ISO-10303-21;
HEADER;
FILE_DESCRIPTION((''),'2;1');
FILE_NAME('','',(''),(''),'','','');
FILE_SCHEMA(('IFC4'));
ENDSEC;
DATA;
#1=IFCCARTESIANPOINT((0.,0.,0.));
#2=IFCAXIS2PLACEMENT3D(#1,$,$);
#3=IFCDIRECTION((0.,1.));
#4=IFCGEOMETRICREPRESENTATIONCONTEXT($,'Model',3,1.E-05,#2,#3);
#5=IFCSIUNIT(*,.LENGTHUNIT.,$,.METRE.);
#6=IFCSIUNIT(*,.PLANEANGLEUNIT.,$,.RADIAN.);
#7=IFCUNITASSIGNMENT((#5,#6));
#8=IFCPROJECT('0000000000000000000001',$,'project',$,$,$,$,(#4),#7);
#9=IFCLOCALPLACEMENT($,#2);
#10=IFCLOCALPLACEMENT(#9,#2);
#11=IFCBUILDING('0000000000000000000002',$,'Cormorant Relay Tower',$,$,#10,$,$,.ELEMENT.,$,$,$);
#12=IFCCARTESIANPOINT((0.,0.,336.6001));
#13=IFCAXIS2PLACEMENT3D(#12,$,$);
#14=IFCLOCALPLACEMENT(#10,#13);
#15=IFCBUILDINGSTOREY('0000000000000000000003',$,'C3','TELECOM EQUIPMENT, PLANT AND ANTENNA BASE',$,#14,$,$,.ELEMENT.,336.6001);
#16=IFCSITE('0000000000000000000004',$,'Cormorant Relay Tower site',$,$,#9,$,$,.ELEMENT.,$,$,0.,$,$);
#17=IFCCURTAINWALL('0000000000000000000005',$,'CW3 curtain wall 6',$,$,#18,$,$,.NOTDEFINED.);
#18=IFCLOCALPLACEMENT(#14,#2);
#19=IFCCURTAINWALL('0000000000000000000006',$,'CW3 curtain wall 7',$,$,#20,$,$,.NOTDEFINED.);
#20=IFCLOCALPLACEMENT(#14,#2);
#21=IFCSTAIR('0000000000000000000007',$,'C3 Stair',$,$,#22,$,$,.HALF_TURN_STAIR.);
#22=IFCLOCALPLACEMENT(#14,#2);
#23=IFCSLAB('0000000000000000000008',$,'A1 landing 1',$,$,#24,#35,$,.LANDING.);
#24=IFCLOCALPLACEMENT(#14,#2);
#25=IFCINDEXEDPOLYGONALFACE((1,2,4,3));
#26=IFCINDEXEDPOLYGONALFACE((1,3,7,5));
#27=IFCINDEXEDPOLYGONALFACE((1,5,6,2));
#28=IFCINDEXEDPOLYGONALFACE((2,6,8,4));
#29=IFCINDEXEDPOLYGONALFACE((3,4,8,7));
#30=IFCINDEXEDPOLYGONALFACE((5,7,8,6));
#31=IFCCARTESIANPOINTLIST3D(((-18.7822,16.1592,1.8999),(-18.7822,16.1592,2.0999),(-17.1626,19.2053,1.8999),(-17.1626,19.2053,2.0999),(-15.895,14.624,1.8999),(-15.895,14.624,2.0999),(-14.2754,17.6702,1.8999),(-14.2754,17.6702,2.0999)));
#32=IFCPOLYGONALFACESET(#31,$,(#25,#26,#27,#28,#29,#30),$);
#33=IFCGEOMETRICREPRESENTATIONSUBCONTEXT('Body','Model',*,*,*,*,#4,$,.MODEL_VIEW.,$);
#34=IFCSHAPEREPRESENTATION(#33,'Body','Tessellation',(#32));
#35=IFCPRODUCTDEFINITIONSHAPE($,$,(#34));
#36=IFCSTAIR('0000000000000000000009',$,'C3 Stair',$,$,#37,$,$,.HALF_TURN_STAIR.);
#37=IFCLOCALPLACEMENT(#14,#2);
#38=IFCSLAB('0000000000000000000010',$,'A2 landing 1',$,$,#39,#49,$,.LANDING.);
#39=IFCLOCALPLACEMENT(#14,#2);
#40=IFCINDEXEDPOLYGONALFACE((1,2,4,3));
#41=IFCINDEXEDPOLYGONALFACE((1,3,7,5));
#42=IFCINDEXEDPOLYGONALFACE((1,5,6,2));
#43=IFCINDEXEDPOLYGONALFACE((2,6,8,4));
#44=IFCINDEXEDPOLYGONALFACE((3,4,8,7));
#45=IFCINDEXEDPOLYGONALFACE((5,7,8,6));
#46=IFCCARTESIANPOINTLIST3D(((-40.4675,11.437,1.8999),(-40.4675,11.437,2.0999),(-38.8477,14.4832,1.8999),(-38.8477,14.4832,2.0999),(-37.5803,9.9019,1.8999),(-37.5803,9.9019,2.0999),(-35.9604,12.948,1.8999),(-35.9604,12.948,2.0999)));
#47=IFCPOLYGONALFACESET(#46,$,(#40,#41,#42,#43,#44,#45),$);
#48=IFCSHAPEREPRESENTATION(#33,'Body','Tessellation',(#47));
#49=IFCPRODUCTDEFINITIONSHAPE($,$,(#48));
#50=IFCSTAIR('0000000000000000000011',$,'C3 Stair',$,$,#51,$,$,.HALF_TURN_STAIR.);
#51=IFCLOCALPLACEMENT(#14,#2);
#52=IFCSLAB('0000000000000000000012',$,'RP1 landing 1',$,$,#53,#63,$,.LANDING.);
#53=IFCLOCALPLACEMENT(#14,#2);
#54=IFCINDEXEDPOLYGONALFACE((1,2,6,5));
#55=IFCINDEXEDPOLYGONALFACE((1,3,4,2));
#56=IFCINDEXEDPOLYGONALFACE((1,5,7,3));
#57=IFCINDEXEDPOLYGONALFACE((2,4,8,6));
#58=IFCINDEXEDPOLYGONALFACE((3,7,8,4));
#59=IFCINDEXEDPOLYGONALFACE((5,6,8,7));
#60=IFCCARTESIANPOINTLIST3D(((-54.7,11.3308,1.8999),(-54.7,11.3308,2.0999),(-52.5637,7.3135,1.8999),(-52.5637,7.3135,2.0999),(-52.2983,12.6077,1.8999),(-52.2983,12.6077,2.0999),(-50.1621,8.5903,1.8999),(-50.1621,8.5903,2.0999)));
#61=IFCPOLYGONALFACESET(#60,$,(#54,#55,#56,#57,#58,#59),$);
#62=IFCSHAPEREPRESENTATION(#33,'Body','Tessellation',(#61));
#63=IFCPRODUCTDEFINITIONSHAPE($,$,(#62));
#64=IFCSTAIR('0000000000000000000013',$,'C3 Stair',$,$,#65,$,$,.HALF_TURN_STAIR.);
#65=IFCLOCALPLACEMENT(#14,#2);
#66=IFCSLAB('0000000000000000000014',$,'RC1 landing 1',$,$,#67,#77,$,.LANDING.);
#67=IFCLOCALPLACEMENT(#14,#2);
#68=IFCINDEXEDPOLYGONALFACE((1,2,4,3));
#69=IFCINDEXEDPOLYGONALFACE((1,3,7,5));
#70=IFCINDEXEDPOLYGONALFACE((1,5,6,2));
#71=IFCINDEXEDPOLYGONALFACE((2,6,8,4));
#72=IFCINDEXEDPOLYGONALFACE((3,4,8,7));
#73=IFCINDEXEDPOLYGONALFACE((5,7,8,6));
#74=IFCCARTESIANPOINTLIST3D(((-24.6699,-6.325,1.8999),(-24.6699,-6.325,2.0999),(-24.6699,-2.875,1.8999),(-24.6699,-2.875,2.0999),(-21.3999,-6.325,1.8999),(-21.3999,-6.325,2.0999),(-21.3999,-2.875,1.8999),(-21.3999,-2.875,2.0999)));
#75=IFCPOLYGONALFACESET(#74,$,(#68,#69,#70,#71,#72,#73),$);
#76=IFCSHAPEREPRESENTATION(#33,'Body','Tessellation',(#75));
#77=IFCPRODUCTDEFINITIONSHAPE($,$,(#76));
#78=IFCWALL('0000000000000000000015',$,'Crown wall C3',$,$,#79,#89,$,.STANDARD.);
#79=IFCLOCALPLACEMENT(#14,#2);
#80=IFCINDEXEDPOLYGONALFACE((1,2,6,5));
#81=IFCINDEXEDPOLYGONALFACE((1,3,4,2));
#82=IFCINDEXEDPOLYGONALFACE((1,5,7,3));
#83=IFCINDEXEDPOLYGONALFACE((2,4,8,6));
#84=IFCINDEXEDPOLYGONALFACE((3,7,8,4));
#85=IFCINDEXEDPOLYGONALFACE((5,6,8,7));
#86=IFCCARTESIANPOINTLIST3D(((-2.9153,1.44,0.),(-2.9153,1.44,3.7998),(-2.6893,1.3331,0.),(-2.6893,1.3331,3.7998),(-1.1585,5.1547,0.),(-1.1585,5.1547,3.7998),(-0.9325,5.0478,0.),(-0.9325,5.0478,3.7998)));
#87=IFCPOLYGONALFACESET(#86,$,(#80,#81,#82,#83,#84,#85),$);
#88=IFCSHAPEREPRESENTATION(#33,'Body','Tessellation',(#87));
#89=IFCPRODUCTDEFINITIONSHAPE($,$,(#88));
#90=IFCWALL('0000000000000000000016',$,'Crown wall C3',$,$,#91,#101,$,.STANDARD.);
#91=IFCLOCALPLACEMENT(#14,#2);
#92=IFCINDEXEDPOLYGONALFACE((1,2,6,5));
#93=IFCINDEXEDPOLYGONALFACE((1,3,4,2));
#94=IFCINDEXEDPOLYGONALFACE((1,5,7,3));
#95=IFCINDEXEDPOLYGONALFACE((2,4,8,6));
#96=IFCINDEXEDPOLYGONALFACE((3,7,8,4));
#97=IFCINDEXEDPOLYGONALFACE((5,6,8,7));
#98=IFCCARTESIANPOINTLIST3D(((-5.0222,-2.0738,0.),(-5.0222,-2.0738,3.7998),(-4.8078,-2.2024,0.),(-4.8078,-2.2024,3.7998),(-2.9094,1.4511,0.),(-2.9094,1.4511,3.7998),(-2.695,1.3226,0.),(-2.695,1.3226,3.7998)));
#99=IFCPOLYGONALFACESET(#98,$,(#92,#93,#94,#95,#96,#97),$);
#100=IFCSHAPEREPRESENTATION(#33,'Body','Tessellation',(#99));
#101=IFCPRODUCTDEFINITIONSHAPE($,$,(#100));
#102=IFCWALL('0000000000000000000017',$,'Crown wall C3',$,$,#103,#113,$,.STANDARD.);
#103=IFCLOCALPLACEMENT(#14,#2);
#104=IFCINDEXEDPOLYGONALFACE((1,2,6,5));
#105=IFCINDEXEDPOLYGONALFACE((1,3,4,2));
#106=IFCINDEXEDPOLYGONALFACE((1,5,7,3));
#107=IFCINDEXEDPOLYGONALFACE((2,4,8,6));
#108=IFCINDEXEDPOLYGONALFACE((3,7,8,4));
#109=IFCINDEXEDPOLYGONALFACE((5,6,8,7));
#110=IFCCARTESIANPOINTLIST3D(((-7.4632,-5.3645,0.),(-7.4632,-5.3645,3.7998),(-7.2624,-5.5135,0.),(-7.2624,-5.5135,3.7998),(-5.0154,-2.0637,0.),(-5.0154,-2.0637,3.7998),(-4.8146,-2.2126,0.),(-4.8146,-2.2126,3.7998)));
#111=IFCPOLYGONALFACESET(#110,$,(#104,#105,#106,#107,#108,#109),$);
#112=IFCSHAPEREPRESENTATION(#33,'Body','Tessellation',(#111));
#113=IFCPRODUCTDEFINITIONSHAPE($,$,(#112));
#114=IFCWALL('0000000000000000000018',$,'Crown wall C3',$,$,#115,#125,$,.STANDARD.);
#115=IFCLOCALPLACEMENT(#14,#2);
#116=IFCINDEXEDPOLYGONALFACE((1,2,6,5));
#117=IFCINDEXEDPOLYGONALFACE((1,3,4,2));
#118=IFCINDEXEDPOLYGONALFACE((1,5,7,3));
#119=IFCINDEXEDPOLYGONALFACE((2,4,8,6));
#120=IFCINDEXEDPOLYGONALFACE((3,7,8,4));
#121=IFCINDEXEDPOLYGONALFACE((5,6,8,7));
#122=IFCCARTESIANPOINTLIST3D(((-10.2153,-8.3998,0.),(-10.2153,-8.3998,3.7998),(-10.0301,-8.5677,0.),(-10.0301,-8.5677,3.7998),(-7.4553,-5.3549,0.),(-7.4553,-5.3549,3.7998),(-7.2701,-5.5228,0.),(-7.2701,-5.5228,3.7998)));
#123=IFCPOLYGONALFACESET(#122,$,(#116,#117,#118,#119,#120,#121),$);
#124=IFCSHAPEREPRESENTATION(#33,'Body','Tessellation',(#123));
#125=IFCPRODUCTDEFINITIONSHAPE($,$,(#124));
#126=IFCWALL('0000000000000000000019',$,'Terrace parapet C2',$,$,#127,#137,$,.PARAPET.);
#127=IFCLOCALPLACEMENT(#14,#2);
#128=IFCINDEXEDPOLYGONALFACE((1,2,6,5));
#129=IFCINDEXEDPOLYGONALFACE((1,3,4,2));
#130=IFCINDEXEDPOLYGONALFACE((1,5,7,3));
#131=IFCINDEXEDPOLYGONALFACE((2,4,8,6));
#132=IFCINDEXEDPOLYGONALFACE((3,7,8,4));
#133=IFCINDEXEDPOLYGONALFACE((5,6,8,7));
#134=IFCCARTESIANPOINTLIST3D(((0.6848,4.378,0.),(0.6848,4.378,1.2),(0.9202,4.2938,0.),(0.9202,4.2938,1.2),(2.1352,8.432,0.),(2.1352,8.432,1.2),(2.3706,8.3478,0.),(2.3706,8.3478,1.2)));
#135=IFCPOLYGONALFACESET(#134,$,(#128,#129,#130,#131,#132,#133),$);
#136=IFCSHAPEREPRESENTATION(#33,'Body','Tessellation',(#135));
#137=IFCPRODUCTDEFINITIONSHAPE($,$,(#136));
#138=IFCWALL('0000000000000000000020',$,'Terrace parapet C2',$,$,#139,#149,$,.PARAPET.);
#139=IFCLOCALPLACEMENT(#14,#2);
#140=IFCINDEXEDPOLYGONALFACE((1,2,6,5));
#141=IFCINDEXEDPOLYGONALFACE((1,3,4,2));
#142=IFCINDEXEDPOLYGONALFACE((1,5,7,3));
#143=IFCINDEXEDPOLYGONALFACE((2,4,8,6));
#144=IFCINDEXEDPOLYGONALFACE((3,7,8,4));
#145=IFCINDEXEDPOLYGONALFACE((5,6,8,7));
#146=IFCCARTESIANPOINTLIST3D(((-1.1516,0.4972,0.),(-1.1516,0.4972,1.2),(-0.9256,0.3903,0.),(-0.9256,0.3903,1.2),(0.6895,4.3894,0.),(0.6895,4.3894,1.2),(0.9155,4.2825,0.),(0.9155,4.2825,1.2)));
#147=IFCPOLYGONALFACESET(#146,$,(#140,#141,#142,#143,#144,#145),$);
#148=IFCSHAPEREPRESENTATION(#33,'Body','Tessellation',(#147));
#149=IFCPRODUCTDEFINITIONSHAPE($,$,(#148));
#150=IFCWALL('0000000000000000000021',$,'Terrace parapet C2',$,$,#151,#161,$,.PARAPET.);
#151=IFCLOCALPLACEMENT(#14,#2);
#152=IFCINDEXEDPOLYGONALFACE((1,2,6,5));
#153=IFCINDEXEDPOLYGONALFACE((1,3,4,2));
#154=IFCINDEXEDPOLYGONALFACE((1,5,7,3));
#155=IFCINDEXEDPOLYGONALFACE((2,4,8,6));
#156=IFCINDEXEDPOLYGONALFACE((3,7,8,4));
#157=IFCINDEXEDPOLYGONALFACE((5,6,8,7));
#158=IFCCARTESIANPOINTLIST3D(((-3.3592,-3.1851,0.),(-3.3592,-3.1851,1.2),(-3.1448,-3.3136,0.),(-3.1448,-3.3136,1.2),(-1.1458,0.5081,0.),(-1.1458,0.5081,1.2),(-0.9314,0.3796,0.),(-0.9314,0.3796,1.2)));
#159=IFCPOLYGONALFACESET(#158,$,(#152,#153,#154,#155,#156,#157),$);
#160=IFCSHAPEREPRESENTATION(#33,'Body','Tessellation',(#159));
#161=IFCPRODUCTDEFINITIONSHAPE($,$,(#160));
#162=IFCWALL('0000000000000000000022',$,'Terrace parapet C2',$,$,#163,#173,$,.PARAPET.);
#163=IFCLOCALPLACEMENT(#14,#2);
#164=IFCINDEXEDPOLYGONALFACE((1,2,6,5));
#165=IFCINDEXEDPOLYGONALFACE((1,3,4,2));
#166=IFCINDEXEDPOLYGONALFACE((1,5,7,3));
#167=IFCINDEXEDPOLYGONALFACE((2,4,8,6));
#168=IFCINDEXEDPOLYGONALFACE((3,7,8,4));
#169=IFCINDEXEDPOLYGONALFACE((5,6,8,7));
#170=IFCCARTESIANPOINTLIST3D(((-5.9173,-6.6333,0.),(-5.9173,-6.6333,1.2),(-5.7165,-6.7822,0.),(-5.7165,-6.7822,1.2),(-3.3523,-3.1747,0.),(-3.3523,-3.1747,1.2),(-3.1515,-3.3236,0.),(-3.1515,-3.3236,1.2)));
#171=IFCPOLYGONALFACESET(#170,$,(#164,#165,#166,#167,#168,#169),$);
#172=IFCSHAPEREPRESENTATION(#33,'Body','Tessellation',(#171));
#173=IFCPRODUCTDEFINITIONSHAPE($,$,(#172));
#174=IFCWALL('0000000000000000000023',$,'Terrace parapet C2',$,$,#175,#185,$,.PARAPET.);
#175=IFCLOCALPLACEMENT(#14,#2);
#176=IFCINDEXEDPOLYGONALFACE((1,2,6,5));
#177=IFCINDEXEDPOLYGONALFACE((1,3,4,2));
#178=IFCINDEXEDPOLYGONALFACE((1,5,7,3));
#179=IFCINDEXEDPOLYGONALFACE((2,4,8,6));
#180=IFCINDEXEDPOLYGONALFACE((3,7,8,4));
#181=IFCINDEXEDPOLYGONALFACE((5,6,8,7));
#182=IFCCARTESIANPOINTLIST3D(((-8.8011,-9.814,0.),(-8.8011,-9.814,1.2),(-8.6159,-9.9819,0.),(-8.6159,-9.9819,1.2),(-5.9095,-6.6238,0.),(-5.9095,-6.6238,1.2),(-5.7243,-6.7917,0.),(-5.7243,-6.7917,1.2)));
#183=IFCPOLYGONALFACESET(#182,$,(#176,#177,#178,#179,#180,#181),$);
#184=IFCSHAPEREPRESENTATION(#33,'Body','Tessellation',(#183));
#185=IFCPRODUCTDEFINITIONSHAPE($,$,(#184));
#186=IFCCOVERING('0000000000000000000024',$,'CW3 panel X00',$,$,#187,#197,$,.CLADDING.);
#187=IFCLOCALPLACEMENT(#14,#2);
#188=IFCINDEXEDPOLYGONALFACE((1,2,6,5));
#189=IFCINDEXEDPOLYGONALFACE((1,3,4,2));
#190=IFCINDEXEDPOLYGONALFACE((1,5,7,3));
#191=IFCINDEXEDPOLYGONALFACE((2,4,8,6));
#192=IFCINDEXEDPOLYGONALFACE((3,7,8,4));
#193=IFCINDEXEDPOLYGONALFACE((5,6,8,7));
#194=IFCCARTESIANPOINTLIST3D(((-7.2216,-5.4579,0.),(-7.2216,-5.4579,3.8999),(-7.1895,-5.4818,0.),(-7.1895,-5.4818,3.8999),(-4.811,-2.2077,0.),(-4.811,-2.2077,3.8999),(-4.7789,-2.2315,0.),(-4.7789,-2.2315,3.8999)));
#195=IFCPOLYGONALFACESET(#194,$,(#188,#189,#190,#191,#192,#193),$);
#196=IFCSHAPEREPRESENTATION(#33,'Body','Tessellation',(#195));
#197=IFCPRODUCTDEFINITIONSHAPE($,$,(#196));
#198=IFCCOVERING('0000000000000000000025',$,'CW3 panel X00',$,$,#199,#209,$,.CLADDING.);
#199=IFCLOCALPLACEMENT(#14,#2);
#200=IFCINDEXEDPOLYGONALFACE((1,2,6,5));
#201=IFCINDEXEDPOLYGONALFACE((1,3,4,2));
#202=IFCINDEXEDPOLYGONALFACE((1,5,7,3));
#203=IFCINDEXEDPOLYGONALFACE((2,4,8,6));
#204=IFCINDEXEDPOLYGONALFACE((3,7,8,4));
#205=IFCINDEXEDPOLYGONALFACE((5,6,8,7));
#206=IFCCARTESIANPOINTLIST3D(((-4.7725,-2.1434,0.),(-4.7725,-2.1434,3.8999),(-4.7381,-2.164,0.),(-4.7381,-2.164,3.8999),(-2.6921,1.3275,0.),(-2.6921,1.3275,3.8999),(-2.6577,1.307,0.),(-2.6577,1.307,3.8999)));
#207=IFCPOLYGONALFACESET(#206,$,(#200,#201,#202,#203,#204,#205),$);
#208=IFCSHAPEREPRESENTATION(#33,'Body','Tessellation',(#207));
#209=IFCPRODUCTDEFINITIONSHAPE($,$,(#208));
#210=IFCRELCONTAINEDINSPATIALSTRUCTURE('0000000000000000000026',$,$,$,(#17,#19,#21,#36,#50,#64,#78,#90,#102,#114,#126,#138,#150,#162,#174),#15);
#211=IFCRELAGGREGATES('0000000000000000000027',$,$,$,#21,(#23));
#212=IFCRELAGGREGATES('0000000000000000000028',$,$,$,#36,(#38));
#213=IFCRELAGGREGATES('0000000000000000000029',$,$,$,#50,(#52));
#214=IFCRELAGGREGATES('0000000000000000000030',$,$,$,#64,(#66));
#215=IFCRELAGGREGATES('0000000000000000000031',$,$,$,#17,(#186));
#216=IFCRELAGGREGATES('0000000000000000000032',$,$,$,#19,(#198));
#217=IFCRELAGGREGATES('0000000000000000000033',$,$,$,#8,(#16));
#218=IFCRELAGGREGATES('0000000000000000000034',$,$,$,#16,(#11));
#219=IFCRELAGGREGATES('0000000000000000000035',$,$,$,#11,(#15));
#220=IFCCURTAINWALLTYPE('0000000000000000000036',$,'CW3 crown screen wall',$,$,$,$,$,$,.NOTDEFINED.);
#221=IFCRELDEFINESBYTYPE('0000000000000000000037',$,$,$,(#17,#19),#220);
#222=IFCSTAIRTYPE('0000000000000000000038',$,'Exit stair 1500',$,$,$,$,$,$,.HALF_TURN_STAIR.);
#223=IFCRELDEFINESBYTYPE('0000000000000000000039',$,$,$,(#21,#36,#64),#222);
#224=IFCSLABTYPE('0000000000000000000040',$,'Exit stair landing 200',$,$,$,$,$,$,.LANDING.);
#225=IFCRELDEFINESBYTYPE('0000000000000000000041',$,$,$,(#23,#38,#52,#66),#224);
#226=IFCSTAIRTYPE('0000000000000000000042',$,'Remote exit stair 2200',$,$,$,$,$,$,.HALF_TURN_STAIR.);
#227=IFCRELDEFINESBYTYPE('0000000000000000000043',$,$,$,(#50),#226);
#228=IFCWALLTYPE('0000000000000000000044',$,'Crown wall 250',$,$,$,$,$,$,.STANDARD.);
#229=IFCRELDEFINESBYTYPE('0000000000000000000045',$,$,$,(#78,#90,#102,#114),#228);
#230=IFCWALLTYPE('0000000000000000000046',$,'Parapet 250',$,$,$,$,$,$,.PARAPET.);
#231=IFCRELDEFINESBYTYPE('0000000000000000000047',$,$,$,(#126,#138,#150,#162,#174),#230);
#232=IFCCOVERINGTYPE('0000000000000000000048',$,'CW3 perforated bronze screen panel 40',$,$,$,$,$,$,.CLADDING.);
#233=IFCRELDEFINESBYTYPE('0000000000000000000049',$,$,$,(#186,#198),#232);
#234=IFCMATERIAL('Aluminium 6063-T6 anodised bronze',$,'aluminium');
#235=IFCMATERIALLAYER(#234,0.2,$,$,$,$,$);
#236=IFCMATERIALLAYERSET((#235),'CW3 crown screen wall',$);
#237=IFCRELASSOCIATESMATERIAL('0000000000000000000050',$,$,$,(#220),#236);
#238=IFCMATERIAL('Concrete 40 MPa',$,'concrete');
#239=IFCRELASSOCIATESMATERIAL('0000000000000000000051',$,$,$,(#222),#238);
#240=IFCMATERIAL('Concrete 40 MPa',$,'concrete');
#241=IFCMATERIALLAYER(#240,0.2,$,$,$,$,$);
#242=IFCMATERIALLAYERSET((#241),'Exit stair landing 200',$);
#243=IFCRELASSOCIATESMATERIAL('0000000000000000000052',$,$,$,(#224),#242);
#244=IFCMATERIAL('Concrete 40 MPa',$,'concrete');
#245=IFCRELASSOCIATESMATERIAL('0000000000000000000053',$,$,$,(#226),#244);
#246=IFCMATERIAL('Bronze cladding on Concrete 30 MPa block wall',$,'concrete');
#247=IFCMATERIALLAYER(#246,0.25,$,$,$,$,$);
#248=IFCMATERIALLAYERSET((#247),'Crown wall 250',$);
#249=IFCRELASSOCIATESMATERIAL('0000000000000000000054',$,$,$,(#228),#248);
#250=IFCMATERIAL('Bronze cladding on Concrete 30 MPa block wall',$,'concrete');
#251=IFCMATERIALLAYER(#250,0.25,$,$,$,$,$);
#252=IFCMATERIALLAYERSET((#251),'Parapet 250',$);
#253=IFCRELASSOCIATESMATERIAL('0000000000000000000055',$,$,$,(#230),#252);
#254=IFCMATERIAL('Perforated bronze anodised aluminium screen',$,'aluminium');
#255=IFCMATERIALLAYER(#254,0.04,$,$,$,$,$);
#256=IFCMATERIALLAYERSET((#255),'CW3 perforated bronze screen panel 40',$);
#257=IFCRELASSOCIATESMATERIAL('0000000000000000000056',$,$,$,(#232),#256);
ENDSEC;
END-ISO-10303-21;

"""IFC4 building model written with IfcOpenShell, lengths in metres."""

from ifc_helpers import new_model, si_unit, direction, frame, frame_2d, origin, origin_2d, place, context, subcontext, project, spatial, polyline, rectangle, outline, extrude, material, layer, layer_set, type_object, element, aggregate, save


model = new_model("IFC4")

# Units and contexts
model_context = context("Model", 3, precision=1e-05, world=origin(), true_north=direction((0.0, 1.0)))
body_context = subcontext(model_context, "Body", "Model", "MODEL_VIEW")
ifc_project = project(units=[si_unit("LENGTHUNIT", "METRE"), si_unit("PLANEANGLEUNIT", "RADIAN")], contexts=[model_context])

# Site, building, storey
site_placement = place(None, origin())
site = spatial("IfcSite", under=ifc_project, at=site_placement, Name="Cormorant Relay Tower site", CompositionType="ELEMENT", RefElevation=0.0)
building_placement = place(site_placement, origin())
building = spatial("IfcBuilding", under=site, at=building_placement, Name="Cormorant Relay Tower", CompositionType="ELEMENT")
storey_placement = place(building_placement, frame((0.0, 0.0, 336.6001)))
storey = spatial("IfcBuildingStorey", under=building, at=storey_placement, Name="C3", Description="TELECOM EQUIPMENT, PLANT AND ANTENNA BASE", CompositionType="ELEMENT", Elevation=336.6001)

# Curtain walls
ifc_material_1 = material(Name="Aluminium 6063-T6 anodised bronze", Category="aluminium")
ifc_layer_1 = layer(ifc_material_1, 0.2)
ifc_layer_set_1 = layer_set([ifc_layer_1], Name="CW3 crown screen wall")
curtain_wall_type = type_object("IfcCurtainWallType", Name="CW3 crown screen wall", PredefinedType="NOTDEFINED", material=ifc_layer_set_1)
curtain_wall_1_placement = place(storey_placement, origin())
curtain_wall_1 = element("IfcCurtainWall", 1, at=curtain_wall_1_placement, inside=storey, type_object=curtain_wall_type, Name="CW3 curtain wall 6", PredefinedType="NOTDEFINED")
curtain_wall_2_placement = place(storey_placement, origin())
curtain_wall_2 = element("IfcCurtainWall", 2, at=curtain_wall_2_placement, inside=storey, type_object=curtain_wall_type, Name="CW3 curtain wall 7", PredefinedType="NOTDEFINED")

# Stairs, slabs
ifc_material_2 = material(Name="Concrete 40 MPa", Category="concrete")
stair_type_1 = type_object("IfcStairType", Name="Exit stair 1500", PredefinedType="HALF_TURN_STAIR", material=ifc_material_2)
stair_1_placement = place(storey_placement, origin())
stair_1 = element("IfcStair", 3, at=stair_1_placement, inside=storey, type_object=stair_type_1, Name="C3 Stair", PredefinedType="HALF_TURN_STAIR")
ifc_material_3 = material(Name="Concrete 40 MPa", Category="concrete")
ifc_layer_2 = layer(ifc_material_3, 0.2)
ifc_layer_set_2 = layer_set([ifc_layer_2], Name="Exit stair landing 200")
slab_type_1 = type_object("IfcSlabType", Name="Exit stair landing 200", PredefinedType="LANDING", material=ifc_layer_set_2)
slab_1_placement = place(storey_placement, frame((0.0, 0.0, 1.8999)))
slab_1 = element("IfcSlab", 4, at=slab_1_placement, type_object=slab_type_1, Name="A1 landing 1", PredefinedType="LANDING", context=body_context, shape_type="SweptSolid", body=[
    extrude(outline(polyline([(-18.7822, 16.1592), (-15.895, 14.624), (-14.2754, 17.6702), (-17.1626, 19.2053), (-18.7822, 16.1592)])), origin(), (0.0, 0.0, 1.0), 0.2),
])
aggregate(stair_1, [slab_1])
stair_2_placement = place(storey_placement, origin())
stair_2 = element("IfcStair", 5, at=stair_2_placement, inside=storey, type_object=stair_type_1, Name="C3 Stair", PredefinedType="HALF_TURN_STAIR")
slab_2_placement = place(storey_placement, frame((0.0, 0.0, 1.8999)))
slab_2 = element("IfcSlab", 6, at=slab_2_placement, type_object=slab_type_1, Name="A2 landing 1", PredefinedType="LANDING", context=body_context, shape_type="SweptSolid", body=[
    extrude(outline(polyline([(-35.9604, 12.948), (-38.8477, 14.4832), (-40.4675, 11.437), (-37.5803, 9.9019), (-35.9604, 12.948)])), origin(), (0.0, 0.0, 1.0), 0.2),
])
aggregate(stair_2, [slab_2])
ifc_material_4 = material(Name="Concrete 40 MPa", Category="concrete")
stair_type_2 = type_object("IfcStairType", Name="Remote exit stair 2200", PredefinedType="HALF_TURN_STAIR", material=ifc_material_4)
stair_3_placement = place(storey_placement, origin())
stair_3 = element("IfcStair", 7, at=stair_3_placement, inside=storey, type_object=stair_type_2, Name="C3 Stair", PredefinedType="HALF_TURN_STAIR")
slab_3_placement = place(storey_placement, frame((0.0, 0.0, 1.8999)))
slab_3 = element("IfcSlab", 8, at=slab_3_placement, type_object=slab_type_1, Name="RP1 landing 1", PredefinedType="LANDING", context=body_context, shape_type="SweptSolid", body=[
    extrude(outline(polyline([(-52.2983, 12.6077), (-54.7, 11.3308), (-52.5637, 7.3135), (-50.1621, 8.5903), (-52.2983, 12.6077)])), origin(), (0.0, 0.0, 1.0), 0.2),
])
aggregate(stair_3, [slab_3])
stair_4_placement = place(storey_placement, origin())
stair_4 = element("IfcStair", 9, at=stair_4_placement, inside=storey, type_object=stair_type_1, Name="C3 Stair", PredefinedType="HALF_TURN_STAIR")
slab_4_placement = place(storey_placement, frame((0.0, 0.0, 1.8999)))
slab_4 = element("IfcSlab", 10, at=slab_4_placement, type_object=slab_type_1, Name="RC1 landing 1", PredefinedType="LANDING", context=body_context, shape_type="SweptSolid", body=[
    extrude(outline(polyline([(-24.6699, -6.325), (-21.3999, -6.325), (-21.3999, -2.875), (-24.6699, -2.875), (-24.6699, -6.325)])), origin(), (0.0, 0.0, 1.0), 0.2),
])
aggregate(stair_4, [slab_4])

# Walls
ifc_material_5 = material(Name="Bronze cladding on Concrete 30 MPa block wall", Category="concrete")
ifc_layer_3 = layer(ifc_material_5, 0.25)
ifc_layer_set_3 = layer_set([ifc_layer_3], Name="Crown wall 250")
wall_type_1 = type_object("IfcWallType", Name="Crown wall 250", PredefinedType="STANDARD", material=ifc_layer_set_3)
wall_1_placement = place(storey_placement, frame((-1.0454, 5.1013, 0.0), z_axis=(0.0, 0.0, 1.0), x_axis=(-0.427547, -0.903993, 0.0)))
element("IfcWall", 11, at=wall_1_placement, inside=storey, type_object=wall_type_1, Name="Crown wall C3", PredefinedType="STANDARD", context=body_context, shape_type="SweptSolid", body=[
    extrude(rectangle(XDim=4.1091, YDim=0.25, at=frame_2d((2.0547, 0.0))), origin(), (0.0, 0.0, 1.0), 3.7998),
])
wall_2_placement = place(storey_placement, frame((-2.8022, 1.3867, 0.0), z_axis=(0.0, 0.0, 1.0), x_axis=(-0.514111, -0.857723, 0.0)))
element("IfcWall", 12, at=wall_2_placement, inside=storey, type_object=wall_type_1, Name="Crown wall C3", PredefinedType="STANDARD", context=body_context, shape_type="SweptSolid", body=[
    extrude(rectangle(XDim=4.1096, YDim=0.25, at=frame_2d((2.0547, 0.0))), origin(), (0.0, 0.0, 1.0), 3.7998),
])
wall_3_placement = place(storey_placement, frame((-4.915, -2.1382, 0.0), z_axis=(0.0, 0.0, 1.0), x_axis=(-0.595657, -0.803239, 0.0)))
element("IfcWall", 13, at=wall_3_placement, inside=storey, type_object=wall_type_1, Name="Crown wall C3", PredefinedType="STANDARD", context=body_context, shape_type="SweptSolid", body=[
    extrude(rectangle(XDim=4.1094, YDim=0.25, at=frame_2d((2.0547, 0.0))), origin(), (0.0, 0.0, 1.0), 3.7998),
])
wall_4_placement = place(storey_placement, frame((-7.3628, -5.439, 0.0), z_axis=(0.0, 0.0, 1.0), x_axis=(-0.671593, -0.74092, 0.0)))
element("IfcWall", 14, at=wall_4_placement, inside=storey, type_object=wall_type_1, Name="Crown wall C3", PredefinedType="STANDARD", context=body_context, shape_type="SweptSolid", body=[
    extrude(rectangle(XDim=4.1096, YDim=0.25, at=frame_2d((2.0547, 0.0))), origin(), (0.0, 0.0, 1.0), 3.7998),
])
ifc_material_6 = material(Name="Bronze cladding on Concrete 30 MPa block wall", Category="concrete")
ifc_layer_4 = layer(ifc_material_6, 0.25)
ifc_layer_set_4 = layer_set([ifc_layer_4], Name="Parapet 250")
wall_type_2 = type_object("IfcWallType", Name="Parapet 250", PredefinedType="PARAPET", material=ifc_layer_set_4)
for number, where, z_axis, x_axis, name in (
    (15, (2.2529, 8.3899, 0.0), (0.0, 0.0, 1.0), (-0.336872, -0.941551, 0.0), "Terrace parapet C2"),
    (16, (0.8025, 4.3359, 0.0), (0.0, 0.0, 1.0), (-0.427601, -0.903967, 0.0), "Terrace parapet C2"),
    (17, (-1.0386, 0.4438, 0.0), (0.0, 0.0, 1.0), (-0.51407, -0.857748, 0.0), "Terrace parapet C2"),
):
    element("IfcWall", number, at=place(storey_placement, frame(where, z_axis=z_axis, x_axis=x_axis)), inside=storey, type_object=wall_type_2, Name=name, PredefinedType="PARAPET", context=body_context, shape_type="SweptSolid", body=[
        extrude(rectangle(XDim=4.3057, YDim=0.25, at=frame_2d((2.1528, 0.0))), origin(), (0.0, 0.0, 1.0), 1.2),
    ])
wall_5_placement = place(storey_placement, frame((-3.252, -3.2493, 0.0), z_axis=(0.0, 0.0, 1.0), x_axis=(-0.595691, -0.803214, 0.0)))
element("IfcWall", 18, at=wall_5_placement, inside=storey, type_object=wall_type_2, Name="Terrace parapet C2", PredefinedType="PARAPET", context=body_context, shape_type="SweptSolid", body=[
    extrude(rectangle(XDim=4.3059, YDim=0.25, at=frame_2d((2.1528, 0.0))), origin(), (0.0, 0.0, 1.0), 1.2),
])
wall_6_placement = place(storey_placement, frame((-5.8169, -6.7078, 0.0), z_axis=(0.0, 0.0, 1.0), x_axis=(-0.671583, -0.74093, 0.0)))
element("IfcWall", 19, at=wall_6_placement, inside=storey, type_object=wall_type_2, Name="Terrace parapet C2", PredefinedType="PARAPET", context=body_context, shape_type="SweptSolid", body=[
    extrude(rectangle(XDim=4.3057, YDim=0.25, at=frame_2d((2.1528, 0.0))), origin(), (0.0, 0.0, 1.0), 1.2),
])

# Coverings
ifc_material_7 = material(Name="Perforated bronze anodised aluminium screen", Category="aluminium")
ifc_layer_5 = layer(ifc_material_7, 0.04)
ifc_layer_set_5 = layer_set([ifc_layer_5], Name="CW3 perforated bronze screen panel 40")
covering_type_1 = type_object("IfcCoveringType", Name="CW3 perforated bronze screen panel 40", PredefinedType="CLADDING", material=ifc_layer_set_5)
covering_1_placement = place(storey_placement, frame((-6.0002, -3.8447, 0.0), z_axis=(0.0, 0.0, 1.0), x_axis=(0.595699, 0.803208, 0.0)))
covering_1 = element("IfcCovering", 20, at=covering_1_placement, type_object=covering_type_1, Name="CW3 panel X00", PredefinedType="CLADDING", context=body_context, shape_type="SweptSolid", body=[
    extrude(rectangle(XDim=4.0466, YDim=0.04, at=origin_2d()), origin(), (0.0, 0.0, 1.0), 3.8999),
])
aggregate(curtain_wall_1, [covering_1])
covering_2_placement = place(storey_placement, frame((-3.7151, -0.4182, 0.0), z_axis=(0.0, 0.0, 1.0), x_axis=(0.514103, 0.857729, 0.0)))
covering_2 = element("IfcCovering", 21, at=covering_2_placement, type_object=covering_type_1, Name="CW3 panel X00", PredefinedType="CLADDING", context=body_context, shape_type="SweptSolid", body=[
    extrude(rectangle(XDim=4.0466, YDim=0.04, at=origin_2d()), origin(), (0.0, 0.0, 1.0), 3.8999),
])
aggregate(curtain_wall_2, [covering_2])

save(model, "model.ifc")
